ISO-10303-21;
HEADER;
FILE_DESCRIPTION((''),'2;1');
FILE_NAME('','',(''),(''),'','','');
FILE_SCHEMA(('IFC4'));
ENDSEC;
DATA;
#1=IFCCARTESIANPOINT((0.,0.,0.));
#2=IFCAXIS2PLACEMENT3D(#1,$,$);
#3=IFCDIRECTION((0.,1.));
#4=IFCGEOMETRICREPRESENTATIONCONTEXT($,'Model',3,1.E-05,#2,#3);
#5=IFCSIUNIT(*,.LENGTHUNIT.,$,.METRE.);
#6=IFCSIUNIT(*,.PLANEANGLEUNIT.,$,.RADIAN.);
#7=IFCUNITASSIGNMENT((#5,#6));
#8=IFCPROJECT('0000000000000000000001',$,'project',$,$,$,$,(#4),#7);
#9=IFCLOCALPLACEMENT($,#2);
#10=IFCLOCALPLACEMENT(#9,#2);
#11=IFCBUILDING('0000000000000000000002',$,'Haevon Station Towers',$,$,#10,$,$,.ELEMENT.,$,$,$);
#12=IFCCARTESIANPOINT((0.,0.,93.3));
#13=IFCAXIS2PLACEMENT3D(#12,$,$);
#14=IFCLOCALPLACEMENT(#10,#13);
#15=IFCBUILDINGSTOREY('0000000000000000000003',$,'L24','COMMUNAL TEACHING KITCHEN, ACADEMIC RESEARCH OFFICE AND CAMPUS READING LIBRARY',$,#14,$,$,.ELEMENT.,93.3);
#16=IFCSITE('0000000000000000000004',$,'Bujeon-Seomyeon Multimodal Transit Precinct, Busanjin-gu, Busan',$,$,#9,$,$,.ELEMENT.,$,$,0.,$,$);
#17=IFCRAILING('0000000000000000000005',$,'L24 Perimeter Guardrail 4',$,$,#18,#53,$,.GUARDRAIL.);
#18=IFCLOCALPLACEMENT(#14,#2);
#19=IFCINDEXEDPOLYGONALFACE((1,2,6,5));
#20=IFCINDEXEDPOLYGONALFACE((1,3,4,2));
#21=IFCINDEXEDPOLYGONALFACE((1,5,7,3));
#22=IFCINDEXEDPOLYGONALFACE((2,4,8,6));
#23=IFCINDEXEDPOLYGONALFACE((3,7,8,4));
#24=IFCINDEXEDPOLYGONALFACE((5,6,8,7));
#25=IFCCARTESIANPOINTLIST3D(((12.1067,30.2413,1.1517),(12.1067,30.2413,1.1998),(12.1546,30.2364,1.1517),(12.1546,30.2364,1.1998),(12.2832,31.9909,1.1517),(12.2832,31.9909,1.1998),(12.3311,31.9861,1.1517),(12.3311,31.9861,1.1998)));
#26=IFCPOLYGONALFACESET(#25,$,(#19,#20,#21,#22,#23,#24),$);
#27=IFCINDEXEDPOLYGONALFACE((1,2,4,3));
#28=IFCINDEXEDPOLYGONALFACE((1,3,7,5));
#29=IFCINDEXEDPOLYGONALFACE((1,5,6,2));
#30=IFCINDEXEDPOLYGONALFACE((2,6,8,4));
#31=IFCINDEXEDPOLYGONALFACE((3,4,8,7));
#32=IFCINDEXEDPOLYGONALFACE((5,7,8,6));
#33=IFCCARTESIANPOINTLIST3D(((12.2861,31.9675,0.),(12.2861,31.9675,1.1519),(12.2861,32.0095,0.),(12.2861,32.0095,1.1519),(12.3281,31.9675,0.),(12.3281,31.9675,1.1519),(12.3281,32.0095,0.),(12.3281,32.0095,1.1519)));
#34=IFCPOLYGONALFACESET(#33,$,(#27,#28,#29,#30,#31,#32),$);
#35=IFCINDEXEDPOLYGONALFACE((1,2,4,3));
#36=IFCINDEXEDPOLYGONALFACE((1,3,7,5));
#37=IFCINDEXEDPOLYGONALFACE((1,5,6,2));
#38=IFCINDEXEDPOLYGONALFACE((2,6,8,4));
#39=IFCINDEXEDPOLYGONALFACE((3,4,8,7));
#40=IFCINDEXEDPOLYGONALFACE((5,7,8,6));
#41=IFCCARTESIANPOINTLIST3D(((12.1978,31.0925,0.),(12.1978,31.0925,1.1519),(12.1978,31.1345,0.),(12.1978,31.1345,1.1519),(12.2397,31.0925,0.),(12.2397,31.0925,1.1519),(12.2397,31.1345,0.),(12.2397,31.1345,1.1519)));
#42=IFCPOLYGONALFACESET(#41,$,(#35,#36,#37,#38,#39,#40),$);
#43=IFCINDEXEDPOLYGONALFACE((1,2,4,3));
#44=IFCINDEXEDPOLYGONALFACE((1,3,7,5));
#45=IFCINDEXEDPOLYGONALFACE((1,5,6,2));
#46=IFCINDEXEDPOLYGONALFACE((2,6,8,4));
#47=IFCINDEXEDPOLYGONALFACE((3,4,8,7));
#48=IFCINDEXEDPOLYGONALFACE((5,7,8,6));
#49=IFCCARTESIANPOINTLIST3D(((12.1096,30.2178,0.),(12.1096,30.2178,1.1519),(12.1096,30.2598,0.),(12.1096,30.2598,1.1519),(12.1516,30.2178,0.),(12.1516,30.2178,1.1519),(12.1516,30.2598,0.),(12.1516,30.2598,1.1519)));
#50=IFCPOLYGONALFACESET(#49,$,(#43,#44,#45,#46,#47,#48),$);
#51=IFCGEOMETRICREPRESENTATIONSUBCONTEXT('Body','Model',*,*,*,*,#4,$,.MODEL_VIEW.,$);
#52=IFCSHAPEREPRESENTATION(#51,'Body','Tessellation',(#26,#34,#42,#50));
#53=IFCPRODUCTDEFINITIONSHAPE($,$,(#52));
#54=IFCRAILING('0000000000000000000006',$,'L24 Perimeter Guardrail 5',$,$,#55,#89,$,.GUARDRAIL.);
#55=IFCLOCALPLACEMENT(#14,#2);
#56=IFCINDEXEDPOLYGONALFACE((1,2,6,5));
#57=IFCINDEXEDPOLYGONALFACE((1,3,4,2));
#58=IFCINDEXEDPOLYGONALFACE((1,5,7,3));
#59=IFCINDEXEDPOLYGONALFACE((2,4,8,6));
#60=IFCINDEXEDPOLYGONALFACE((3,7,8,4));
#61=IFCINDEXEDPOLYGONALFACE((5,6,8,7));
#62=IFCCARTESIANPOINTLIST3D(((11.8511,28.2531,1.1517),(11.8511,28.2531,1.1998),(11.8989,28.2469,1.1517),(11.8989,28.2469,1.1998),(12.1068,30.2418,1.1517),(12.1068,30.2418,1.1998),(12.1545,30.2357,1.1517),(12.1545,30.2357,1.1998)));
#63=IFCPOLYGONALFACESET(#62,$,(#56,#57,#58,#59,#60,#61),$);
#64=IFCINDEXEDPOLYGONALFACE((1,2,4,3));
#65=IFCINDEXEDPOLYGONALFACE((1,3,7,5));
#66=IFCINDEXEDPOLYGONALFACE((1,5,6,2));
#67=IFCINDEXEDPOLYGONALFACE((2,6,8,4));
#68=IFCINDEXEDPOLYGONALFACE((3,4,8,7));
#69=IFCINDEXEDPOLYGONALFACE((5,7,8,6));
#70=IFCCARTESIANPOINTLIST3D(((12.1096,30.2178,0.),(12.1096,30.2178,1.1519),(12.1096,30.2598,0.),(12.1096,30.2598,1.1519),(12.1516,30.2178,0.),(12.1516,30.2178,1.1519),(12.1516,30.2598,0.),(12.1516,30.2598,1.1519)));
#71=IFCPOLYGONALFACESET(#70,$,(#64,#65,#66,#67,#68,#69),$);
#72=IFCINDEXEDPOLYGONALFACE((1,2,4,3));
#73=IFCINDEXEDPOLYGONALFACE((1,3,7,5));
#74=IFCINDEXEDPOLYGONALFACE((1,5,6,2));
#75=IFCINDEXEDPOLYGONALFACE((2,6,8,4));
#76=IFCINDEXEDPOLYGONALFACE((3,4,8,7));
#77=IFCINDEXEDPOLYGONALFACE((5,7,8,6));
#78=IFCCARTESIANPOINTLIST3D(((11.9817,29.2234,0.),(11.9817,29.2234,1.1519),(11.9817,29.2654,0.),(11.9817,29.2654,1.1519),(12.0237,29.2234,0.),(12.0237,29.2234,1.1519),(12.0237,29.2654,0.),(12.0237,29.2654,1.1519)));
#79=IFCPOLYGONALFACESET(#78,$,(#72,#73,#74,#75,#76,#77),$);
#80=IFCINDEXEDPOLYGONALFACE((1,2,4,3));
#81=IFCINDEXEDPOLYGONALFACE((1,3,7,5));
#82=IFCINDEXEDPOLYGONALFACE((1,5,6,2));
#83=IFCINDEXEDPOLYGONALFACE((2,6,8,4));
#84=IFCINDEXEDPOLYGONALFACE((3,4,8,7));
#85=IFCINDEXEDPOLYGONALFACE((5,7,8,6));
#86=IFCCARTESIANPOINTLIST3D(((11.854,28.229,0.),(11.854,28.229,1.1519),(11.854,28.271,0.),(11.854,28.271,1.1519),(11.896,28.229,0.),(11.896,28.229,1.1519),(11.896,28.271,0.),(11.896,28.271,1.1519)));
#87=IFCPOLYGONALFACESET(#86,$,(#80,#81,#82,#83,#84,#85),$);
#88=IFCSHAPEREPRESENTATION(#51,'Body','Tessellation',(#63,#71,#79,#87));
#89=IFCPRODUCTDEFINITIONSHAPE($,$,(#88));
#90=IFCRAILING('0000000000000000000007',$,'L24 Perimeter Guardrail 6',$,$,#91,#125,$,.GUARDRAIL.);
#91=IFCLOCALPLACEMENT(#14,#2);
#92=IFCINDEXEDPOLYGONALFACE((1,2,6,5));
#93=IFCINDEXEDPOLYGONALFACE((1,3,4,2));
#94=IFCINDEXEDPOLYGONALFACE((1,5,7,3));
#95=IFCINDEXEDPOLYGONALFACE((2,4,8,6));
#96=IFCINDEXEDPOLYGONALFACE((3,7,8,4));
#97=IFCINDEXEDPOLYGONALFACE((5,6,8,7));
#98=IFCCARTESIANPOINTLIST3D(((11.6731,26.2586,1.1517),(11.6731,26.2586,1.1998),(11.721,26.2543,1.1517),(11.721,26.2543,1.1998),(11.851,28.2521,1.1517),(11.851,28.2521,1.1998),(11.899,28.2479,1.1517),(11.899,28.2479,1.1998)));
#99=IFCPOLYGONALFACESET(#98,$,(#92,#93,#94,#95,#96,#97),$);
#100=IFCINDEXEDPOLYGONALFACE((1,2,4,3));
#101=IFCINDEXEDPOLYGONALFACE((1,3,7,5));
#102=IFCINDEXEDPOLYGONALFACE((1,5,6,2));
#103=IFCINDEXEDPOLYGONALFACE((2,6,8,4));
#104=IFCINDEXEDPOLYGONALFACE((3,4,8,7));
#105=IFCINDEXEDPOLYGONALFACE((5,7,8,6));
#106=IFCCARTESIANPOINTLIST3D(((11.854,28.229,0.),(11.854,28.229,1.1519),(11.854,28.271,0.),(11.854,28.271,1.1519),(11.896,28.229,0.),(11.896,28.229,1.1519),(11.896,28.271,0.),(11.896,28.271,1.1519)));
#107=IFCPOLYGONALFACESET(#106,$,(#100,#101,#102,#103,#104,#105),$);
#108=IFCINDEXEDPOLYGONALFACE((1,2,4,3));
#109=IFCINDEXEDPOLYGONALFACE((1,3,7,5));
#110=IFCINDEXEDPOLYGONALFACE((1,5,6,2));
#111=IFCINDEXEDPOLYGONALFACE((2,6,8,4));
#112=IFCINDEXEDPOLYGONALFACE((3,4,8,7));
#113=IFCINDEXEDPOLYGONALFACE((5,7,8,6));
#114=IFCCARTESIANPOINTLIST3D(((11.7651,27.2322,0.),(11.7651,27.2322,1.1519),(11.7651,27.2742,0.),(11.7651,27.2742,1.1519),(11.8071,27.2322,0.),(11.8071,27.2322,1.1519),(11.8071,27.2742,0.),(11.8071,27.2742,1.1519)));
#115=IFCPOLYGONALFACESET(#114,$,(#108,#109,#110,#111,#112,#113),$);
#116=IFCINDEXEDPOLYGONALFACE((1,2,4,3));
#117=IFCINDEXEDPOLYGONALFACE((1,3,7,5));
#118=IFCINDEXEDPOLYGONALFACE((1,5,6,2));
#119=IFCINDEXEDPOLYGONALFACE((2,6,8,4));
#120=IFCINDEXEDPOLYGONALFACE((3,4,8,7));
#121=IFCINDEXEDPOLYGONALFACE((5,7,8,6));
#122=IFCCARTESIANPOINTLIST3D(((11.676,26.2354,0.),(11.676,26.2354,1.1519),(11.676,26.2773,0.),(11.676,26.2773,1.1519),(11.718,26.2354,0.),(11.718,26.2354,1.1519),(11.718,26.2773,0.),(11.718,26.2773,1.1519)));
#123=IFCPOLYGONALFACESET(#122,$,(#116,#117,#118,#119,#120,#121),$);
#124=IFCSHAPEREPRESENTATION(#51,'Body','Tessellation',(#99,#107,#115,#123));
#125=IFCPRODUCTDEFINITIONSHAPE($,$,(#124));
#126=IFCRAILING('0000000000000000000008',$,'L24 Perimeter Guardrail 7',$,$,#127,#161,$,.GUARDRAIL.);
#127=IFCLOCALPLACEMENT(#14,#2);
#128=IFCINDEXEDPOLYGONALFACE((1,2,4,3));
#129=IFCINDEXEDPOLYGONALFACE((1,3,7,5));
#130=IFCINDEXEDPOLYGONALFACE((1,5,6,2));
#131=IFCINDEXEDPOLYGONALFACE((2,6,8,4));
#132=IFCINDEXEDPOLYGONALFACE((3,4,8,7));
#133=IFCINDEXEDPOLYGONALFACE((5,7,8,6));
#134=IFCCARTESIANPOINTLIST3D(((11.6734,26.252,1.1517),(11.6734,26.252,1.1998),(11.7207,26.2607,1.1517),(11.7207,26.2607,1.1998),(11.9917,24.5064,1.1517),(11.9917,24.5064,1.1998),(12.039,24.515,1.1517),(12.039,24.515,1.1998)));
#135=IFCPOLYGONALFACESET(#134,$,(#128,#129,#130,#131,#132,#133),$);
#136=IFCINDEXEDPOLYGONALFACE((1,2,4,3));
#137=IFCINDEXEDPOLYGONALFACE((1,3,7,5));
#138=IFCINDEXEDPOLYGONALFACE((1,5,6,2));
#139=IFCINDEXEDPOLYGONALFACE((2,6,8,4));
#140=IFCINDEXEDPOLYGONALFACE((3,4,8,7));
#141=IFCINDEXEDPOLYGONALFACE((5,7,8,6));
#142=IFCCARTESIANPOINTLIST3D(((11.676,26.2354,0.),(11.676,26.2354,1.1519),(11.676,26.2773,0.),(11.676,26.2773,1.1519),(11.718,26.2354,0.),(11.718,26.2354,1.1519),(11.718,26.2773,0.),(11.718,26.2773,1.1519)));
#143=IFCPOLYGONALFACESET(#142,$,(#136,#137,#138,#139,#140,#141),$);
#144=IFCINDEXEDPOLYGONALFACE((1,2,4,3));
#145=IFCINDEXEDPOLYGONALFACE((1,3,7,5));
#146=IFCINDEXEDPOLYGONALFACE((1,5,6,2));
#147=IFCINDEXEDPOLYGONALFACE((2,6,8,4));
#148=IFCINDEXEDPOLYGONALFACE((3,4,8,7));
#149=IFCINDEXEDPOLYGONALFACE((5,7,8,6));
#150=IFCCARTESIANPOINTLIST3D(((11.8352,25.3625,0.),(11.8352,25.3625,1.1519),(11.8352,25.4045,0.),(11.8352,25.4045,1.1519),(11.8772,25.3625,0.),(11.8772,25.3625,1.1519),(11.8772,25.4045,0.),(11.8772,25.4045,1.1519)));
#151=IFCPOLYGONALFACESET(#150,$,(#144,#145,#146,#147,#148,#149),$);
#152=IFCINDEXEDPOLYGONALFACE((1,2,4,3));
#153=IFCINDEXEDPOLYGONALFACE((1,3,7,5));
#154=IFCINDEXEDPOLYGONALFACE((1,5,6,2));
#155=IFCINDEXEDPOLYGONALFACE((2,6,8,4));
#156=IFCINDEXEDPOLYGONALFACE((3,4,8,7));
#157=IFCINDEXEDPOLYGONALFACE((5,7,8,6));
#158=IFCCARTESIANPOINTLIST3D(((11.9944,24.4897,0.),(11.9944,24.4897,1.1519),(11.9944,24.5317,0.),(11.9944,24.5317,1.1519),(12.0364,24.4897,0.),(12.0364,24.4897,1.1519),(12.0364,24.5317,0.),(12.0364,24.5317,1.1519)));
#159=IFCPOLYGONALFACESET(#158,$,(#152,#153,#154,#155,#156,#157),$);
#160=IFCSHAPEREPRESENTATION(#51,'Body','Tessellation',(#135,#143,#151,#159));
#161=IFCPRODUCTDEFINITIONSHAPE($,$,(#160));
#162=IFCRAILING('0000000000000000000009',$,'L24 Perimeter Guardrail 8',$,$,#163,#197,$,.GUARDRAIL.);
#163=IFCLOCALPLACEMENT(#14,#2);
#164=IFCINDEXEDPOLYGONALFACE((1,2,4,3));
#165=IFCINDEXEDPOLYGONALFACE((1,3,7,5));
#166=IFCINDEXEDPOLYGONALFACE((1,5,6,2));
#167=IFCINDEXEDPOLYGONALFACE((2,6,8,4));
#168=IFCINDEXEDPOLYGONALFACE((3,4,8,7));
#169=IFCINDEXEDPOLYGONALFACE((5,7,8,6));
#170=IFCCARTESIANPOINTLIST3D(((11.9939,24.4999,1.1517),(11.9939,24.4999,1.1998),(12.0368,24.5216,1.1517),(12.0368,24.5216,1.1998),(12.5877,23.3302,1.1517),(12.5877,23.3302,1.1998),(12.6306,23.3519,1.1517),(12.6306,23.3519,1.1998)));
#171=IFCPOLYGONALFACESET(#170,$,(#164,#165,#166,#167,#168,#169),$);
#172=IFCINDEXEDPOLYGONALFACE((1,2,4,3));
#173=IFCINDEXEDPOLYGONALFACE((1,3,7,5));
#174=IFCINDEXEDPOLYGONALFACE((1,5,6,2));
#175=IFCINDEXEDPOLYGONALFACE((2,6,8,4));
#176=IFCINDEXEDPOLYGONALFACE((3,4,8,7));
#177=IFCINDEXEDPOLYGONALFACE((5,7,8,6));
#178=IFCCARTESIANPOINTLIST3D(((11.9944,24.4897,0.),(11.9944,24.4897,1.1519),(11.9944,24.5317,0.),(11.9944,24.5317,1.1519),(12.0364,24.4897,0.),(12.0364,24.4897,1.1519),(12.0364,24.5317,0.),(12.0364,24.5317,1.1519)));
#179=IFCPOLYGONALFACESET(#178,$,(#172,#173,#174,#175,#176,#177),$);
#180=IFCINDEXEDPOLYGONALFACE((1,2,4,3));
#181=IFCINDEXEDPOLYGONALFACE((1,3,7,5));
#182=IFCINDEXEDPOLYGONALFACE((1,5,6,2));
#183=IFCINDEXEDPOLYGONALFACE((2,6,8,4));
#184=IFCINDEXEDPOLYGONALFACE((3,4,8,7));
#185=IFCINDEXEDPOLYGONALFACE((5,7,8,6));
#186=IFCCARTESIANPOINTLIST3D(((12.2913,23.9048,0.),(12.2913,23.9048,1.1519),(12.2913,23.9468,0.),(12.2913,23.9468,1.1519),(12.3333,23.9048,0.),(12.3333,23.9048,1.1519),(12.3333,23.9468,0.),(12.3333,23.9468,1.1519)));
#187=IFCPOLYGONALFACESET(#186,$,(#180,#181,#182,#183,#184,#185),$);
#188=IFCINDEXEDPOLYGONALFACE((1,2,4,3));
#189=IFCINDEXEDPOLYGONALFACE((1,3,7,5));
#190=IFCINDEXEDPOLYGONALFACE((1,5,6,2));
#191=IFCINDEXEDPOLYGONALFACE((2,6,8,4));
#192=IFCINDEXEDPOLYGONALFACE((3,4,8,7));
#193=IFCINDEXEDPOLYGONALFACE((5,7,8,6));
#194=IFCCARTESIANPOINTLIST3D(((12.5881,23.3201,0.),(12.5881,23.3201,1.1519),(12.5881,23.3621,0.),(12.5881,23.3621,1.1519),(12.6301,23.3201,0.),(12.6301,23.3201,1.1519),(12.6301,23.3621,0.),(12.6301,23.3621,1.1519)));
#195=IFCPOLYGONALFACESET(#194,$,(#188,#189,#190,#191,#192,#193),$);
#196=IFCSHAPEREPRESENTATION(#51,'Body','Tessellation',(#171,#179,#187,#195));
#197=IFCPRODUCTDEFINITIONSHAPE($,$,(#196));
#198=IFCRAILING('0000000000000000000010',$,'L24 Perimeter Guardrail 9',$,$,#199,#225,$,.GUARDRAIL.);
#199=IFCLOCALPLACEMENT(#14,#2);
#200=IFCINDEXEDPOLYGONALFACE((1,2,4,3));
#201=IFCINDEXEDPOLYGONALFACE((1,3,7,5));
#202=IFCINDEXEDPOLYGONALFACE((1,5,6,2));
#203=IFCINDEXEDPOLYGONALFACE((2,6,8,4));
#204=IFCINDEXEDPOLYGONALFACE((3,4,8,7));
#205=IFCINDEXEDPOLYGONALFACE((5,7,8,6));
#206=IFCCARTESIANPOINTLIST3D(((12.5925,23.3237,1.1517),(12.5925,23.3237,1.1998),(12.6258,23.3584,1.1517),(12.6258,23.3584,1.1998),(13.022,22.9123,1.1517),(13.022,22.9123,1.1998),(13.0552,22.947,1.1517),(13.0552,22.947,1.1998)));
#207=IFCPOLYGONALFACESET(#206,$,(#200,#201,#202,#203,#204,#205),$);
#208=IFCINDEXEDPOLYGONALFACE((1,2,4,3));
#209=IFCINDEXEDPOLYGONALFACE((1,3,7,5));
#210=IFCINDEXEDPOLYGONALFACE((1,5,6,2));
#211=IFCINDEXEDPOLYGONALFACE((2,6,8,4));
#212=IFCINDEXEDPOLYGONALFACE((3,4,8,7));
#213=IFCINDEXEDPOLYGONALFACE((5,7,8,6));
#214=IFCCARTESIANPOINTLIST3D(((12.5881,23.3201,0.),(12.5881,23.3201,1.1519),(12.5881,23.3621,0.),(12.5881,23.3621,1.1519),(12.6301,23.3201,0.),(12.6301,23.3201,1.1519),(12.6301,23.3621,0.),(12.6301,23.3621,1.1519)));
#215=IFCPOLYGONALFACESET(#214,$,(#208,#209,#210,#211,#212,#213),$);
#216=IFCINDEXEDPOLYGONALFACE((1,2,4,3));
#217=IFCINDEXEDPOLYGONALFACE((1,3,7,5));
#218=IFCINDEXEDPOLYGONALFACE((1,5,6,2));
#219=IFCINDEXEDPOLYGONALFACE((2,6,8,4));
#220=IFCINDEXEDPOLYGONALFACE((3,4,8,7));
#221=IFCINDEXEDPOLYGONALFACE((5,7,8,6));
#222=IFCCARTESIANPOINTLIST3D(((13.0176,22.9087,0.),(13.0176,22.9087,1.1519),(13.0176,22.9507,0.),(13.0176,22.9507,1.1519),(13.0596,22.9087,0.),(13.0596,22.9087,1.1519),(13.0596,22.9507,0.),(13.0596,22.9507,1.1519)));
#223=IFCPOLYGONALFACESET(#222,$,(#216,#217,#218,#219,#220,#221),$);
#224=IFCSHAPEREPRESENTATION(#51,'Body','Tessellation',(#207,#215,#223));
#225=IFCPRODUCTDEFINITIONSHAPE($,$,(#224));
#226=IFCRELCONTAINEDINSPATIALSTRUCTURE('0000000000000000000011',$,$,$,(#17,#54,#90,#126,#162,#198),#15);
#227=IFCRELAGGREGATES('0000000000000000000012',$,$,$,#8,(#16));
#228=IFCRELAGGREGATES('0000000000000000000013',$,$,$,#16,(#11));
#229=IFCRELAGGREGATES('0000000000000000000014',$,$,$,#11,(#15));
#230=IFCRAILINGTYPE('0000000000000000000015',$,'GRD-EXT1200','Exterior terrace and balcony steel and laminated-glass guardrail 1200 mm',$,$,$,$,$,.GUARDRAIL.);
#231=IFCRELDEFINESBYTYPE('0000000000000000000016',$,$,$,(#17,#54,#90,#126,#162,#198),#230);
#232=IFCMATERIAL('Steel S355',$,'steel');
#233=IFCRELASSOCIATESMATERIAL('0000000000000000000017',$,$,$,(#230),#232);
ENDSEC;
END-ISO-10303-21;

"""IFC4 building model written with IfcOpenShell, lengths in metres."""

from ifc_helpers import new_model, si_unit, direction, frame, origin, origin_2d, place, context, subcontext, project, spatial, rectangle, extrude, material, type_object, element, save


model = new_model("IFC4")

# Units and contexts
model_context = context("Model", 3, precision=1e-05, world=origin(), true_north=direction((0.0, 1.0)))
body_context = subcontext(model_context, "Body", "Model", "MODEL_VIEW")
ifc_project = project(units=[si_unit("LENGTHUNIT", "METRE"), si_unit("PLANEANGLEUNIT", "RADIAN")], contexts=[model_context])

# Site, building, storey
site_placement = place(None, origin())
site = spatial("IfcSite", under=ifc_project, at=site_placement, Name="Bujeon-Seomyeon Multimodal Transit Precinct, Busanjin-gu, Busan", CompositionType="ELEMENT", RefElevation=0.0)
building_placement = place(site_placement, origin())
building = spatial("IfcBuilding", under=site, at=building_placement, Name="Haevon Station Towers", CompositionType="ELEMENT")
storey_placement = place(building_placement, frame((0.0, 0.0, 93.3)))
storey = spatial("IfcBuildingStorey", under=building, at=storey_placement, Name="L24", Description="COMMUNAL TEACHING KITCHEN, ACADEMIC RESEARCH OFFICE AND CAMPUS READING LIBRARY", CompositionType="ELEMENT", Elevation=93.3)

# Shared definitions
ifc_material_1 = material(Name="Steel S355", Category="steel")

# Railings
railing_type = type_object("IfcRailingType", Name="GRD-EXT1200", Description="Exterior terrace and balcony steel and laminated-glass guardrail 1200 mm", PredefinedType="GUARDRAIL", material=ifc_material_1)
railing_1_placement = place(storey_placement, frame((12.3071, 31.9885, 0.0)))
element("IfcRailing", 1, at=railing_1_placement, inside=storey, type_object=railing_type, Name="L24 Perimeter Guardrail 4", PredefinedType="GUARDRAIL", context=body_context, shape_type="SweptSolid", body=[
    extrude(rectangle(XDim=0.0481, YDim=0.0481, at=origin_2d()), frame((0.0, 0.0, 1.1758), z_axis=(-0.10037, -0.99495, 0.0), x_axis=(0.99495, -0.10037, 0.0)), (0.0, 0.0, 1.0), 1.7585),
    extrude(rectangle(XDim=0.042, YDim=0.042, at=origin_2d()), origin(), (0.0, 0.0, 1.0), 1.1519),
    extrude(rectangle(XDim=0.042, YDim=0.042, at=origin_2d()), frame((-0.0884, -0.875, 0.0)), (0.0, 0.0, 1.0), 1.1519),
    extrude(rectangle(XDim=0.042, YDim=0.042, at=origin_2d()), frame((-0.1765, -1.7498, 0.0)), (0.0, 0.0, 1.0), 1.1519),
])
railing_2_placement = place(storey_placement, frame((12.1306, 30.2388, 0.0)))
element("IfcRailing", 2, at=railing_2_placement, inside=storey, type_object=railing_type, Name="L24 Perimeter Guardrail 5", PredefinedType="GUARDRAIL", context=body_context, shape_type="SweptSolid", body=[
    extrude(rectangle(XDim=0.0481, YDim=0.0481, at=origin_2d()), frame((0.0, 0.0, 1.1758), z_axis=(-0.127481, -0.991841, 0.0), x_axis=(0.991841, -0.127481, 0.0)), (0.0, 0.0, 1.0), 2.0051),
    extrude(rectangle(XDim=0.042, YDim=0.042, at=origin_2d()), origin(), (0.0, 0.0, 1.0), 1.1519),
    extrude(rectangle(XDim=0.042, YDim=0.042, at=origin_2d()), frame((-0.1279, -0.9944, 0.0)), (0.0, 0.0, 1.0), 1.1519),
    extrude(rectangle(XDim=0.042, YDim=0.042, at=origin_2d()), frame((-0.2556, -1.9888, 0.0)), (0.0, 0.0, 1.0), 1.1519),
])
railing_3_placement = place(storey_placement, frame((11.875, 28.25, 0.0)))
element("IfcRailing", 3, at=railing_3_placement, inside=storey, type_object=railing_type, Name="L24 Perimeter Guardrail 6", PredefinedType="GUARDRAIL", context=body_context, shape_type="SweptSolid", body=[
    extrude(rectangle(XDim=0.0481, YDim=0.0481, at=origin_2d()), frame((0.0, 0.0, 1.1758), z_axis=(-0.088919, -0.996039, 0.0), x_axis=(0.996039, -0.088919, 0.0)), (0.0, 0.0, 1.0), 2.0015),
    extrude(rectangle(XDim=0.042, YDim=0.042, at=origin_2d()), origin(), (0.0, 0.0, 1.0), 1.1519),
    extrude(rectangle(XDim=0.042, YDim=0.042, at=origin_2d()), frame((-0.0889, -0.9968, 0.0)), (0.0, 0.0, 1.0), 1.1519),
    extrude(rectangle(XDim=0.042, YDim=0.042, at=origin_2d()), frame((-0.178, -1.9937, 0.0)), (0.0, 0.0, 1.0), 1.1519),
])
railing_4_placement = place(storey_placement, frame((11.697, 26.2563, 0.0)))
element("IfcRailing", 4, at=railing_4_placement, inside=storey, type_object=railing_type, Name="L24 Perimeter Guardrail 7", PredefinedType="GUARDRAIL", context=body_context, shape_type="SweptSolid", body=[
    extrude(rectangle(XDim=0.0481, YDim=0.0481, at=origin_2d()), frame((0.0, 0.0, 1.1758), z_axis=(0.179418, -0.983773, 0.0), x_axis=(0.983773, 0.179418, 0.0)), (0.0, 0.0, 1.0), 1.7744),
    extrude(rectangle(XDim=0.042, YDim=0.042, at=origin_2d()), origin(), (0.0, 0.0, 1.0), 1.1519),
    extrude(rectangle(XDim=0.042, YDim=0.042, at=origin_2d()), frame((0.1592, -0.8728, 0.0)), (0.0, 0.0, 1.0), 1.1519),
    extrude(rectangle(XDim=0.042, YDim=0.042, at=origin_2d()), frame((0.3184, -1.7456, 0.0)), (0.0, 0.0, 1.0), 1.1519),
])
railing_5_placement = place(storey_placement, frame((12.0154, 24.5107, 0.0)))
element("IfcRailing", 5, at=railing_5_placement, inside=storey, type_object=railing_type, Name="L24 Perimeter Guardrail 8", PredefinedType="GUARDRAIL", context=body_context, shape_type="SweptSolid", body=[
    extrude(rectangle(XDim=0.0481, YDim=0.0481, at=origin_2d()), frame((0.0, 0.0, 1.1758), z_axis=(0.45264, -0.891693, 0.0), x_axis=(0.891693, 0.45264, 0.0)), (0.0, 0.0, 1.0), 1.3118),
    extrude(rectangle(XDim=0.042, YDim=0.042, at=origin_2d()), origin(), (0.0, 0.0, 1.0), 1.1519),
    extrude(rectangle(XDim=0.042, YDim=0.042, at=origin_2d()), frame((0.2969, -0.585, 0.0)), (0.0, 0.0, 1.0), 1.1519),
    extrude(rectangle(XDim=0.042, YDim=0.042, at=origin_2d()), frame((0.5938, -1.1697, 0.0)), (0.0, 0.0, 1.0), 1.1519),
])
railing_6_placement = place(storey_placement, frame((12.6091, 23.3411, 0.0)))
element("IfcRailing", 6, at=railing_6_placement, inside=storey, type_object=railing_type, Name="L24 Perimeter Guardrail 9", PredefinedType="GUARDRAIL", context=body_context, shape_type="SweptSolid", body=[
    extrude(rectangle(XDim=0.0481, YDim=0.0481, at=origin_2d()), frame((0.0, 0.0, 1.1758), z_axis=(0.722133, -0.691754, 0.0), x_axis=(0.691754, 0.722133, 0.0)), (0.0, 0.0, 1.0), 0.5947),
    extrude(rectangle(XDim=0.042, YDim=0.042, at=origin_2d()), origin(), (0.0, 0.0, 1.0), 1.1519),
    extrude(rectangle(XDim=0.042, YDim=0.042, at=origin_2d()), frame((0.4294, -0.4114, 0.0)), (0.0, 0.0, 1.0), 1.1519),
])

save(model, "model.ifc")
